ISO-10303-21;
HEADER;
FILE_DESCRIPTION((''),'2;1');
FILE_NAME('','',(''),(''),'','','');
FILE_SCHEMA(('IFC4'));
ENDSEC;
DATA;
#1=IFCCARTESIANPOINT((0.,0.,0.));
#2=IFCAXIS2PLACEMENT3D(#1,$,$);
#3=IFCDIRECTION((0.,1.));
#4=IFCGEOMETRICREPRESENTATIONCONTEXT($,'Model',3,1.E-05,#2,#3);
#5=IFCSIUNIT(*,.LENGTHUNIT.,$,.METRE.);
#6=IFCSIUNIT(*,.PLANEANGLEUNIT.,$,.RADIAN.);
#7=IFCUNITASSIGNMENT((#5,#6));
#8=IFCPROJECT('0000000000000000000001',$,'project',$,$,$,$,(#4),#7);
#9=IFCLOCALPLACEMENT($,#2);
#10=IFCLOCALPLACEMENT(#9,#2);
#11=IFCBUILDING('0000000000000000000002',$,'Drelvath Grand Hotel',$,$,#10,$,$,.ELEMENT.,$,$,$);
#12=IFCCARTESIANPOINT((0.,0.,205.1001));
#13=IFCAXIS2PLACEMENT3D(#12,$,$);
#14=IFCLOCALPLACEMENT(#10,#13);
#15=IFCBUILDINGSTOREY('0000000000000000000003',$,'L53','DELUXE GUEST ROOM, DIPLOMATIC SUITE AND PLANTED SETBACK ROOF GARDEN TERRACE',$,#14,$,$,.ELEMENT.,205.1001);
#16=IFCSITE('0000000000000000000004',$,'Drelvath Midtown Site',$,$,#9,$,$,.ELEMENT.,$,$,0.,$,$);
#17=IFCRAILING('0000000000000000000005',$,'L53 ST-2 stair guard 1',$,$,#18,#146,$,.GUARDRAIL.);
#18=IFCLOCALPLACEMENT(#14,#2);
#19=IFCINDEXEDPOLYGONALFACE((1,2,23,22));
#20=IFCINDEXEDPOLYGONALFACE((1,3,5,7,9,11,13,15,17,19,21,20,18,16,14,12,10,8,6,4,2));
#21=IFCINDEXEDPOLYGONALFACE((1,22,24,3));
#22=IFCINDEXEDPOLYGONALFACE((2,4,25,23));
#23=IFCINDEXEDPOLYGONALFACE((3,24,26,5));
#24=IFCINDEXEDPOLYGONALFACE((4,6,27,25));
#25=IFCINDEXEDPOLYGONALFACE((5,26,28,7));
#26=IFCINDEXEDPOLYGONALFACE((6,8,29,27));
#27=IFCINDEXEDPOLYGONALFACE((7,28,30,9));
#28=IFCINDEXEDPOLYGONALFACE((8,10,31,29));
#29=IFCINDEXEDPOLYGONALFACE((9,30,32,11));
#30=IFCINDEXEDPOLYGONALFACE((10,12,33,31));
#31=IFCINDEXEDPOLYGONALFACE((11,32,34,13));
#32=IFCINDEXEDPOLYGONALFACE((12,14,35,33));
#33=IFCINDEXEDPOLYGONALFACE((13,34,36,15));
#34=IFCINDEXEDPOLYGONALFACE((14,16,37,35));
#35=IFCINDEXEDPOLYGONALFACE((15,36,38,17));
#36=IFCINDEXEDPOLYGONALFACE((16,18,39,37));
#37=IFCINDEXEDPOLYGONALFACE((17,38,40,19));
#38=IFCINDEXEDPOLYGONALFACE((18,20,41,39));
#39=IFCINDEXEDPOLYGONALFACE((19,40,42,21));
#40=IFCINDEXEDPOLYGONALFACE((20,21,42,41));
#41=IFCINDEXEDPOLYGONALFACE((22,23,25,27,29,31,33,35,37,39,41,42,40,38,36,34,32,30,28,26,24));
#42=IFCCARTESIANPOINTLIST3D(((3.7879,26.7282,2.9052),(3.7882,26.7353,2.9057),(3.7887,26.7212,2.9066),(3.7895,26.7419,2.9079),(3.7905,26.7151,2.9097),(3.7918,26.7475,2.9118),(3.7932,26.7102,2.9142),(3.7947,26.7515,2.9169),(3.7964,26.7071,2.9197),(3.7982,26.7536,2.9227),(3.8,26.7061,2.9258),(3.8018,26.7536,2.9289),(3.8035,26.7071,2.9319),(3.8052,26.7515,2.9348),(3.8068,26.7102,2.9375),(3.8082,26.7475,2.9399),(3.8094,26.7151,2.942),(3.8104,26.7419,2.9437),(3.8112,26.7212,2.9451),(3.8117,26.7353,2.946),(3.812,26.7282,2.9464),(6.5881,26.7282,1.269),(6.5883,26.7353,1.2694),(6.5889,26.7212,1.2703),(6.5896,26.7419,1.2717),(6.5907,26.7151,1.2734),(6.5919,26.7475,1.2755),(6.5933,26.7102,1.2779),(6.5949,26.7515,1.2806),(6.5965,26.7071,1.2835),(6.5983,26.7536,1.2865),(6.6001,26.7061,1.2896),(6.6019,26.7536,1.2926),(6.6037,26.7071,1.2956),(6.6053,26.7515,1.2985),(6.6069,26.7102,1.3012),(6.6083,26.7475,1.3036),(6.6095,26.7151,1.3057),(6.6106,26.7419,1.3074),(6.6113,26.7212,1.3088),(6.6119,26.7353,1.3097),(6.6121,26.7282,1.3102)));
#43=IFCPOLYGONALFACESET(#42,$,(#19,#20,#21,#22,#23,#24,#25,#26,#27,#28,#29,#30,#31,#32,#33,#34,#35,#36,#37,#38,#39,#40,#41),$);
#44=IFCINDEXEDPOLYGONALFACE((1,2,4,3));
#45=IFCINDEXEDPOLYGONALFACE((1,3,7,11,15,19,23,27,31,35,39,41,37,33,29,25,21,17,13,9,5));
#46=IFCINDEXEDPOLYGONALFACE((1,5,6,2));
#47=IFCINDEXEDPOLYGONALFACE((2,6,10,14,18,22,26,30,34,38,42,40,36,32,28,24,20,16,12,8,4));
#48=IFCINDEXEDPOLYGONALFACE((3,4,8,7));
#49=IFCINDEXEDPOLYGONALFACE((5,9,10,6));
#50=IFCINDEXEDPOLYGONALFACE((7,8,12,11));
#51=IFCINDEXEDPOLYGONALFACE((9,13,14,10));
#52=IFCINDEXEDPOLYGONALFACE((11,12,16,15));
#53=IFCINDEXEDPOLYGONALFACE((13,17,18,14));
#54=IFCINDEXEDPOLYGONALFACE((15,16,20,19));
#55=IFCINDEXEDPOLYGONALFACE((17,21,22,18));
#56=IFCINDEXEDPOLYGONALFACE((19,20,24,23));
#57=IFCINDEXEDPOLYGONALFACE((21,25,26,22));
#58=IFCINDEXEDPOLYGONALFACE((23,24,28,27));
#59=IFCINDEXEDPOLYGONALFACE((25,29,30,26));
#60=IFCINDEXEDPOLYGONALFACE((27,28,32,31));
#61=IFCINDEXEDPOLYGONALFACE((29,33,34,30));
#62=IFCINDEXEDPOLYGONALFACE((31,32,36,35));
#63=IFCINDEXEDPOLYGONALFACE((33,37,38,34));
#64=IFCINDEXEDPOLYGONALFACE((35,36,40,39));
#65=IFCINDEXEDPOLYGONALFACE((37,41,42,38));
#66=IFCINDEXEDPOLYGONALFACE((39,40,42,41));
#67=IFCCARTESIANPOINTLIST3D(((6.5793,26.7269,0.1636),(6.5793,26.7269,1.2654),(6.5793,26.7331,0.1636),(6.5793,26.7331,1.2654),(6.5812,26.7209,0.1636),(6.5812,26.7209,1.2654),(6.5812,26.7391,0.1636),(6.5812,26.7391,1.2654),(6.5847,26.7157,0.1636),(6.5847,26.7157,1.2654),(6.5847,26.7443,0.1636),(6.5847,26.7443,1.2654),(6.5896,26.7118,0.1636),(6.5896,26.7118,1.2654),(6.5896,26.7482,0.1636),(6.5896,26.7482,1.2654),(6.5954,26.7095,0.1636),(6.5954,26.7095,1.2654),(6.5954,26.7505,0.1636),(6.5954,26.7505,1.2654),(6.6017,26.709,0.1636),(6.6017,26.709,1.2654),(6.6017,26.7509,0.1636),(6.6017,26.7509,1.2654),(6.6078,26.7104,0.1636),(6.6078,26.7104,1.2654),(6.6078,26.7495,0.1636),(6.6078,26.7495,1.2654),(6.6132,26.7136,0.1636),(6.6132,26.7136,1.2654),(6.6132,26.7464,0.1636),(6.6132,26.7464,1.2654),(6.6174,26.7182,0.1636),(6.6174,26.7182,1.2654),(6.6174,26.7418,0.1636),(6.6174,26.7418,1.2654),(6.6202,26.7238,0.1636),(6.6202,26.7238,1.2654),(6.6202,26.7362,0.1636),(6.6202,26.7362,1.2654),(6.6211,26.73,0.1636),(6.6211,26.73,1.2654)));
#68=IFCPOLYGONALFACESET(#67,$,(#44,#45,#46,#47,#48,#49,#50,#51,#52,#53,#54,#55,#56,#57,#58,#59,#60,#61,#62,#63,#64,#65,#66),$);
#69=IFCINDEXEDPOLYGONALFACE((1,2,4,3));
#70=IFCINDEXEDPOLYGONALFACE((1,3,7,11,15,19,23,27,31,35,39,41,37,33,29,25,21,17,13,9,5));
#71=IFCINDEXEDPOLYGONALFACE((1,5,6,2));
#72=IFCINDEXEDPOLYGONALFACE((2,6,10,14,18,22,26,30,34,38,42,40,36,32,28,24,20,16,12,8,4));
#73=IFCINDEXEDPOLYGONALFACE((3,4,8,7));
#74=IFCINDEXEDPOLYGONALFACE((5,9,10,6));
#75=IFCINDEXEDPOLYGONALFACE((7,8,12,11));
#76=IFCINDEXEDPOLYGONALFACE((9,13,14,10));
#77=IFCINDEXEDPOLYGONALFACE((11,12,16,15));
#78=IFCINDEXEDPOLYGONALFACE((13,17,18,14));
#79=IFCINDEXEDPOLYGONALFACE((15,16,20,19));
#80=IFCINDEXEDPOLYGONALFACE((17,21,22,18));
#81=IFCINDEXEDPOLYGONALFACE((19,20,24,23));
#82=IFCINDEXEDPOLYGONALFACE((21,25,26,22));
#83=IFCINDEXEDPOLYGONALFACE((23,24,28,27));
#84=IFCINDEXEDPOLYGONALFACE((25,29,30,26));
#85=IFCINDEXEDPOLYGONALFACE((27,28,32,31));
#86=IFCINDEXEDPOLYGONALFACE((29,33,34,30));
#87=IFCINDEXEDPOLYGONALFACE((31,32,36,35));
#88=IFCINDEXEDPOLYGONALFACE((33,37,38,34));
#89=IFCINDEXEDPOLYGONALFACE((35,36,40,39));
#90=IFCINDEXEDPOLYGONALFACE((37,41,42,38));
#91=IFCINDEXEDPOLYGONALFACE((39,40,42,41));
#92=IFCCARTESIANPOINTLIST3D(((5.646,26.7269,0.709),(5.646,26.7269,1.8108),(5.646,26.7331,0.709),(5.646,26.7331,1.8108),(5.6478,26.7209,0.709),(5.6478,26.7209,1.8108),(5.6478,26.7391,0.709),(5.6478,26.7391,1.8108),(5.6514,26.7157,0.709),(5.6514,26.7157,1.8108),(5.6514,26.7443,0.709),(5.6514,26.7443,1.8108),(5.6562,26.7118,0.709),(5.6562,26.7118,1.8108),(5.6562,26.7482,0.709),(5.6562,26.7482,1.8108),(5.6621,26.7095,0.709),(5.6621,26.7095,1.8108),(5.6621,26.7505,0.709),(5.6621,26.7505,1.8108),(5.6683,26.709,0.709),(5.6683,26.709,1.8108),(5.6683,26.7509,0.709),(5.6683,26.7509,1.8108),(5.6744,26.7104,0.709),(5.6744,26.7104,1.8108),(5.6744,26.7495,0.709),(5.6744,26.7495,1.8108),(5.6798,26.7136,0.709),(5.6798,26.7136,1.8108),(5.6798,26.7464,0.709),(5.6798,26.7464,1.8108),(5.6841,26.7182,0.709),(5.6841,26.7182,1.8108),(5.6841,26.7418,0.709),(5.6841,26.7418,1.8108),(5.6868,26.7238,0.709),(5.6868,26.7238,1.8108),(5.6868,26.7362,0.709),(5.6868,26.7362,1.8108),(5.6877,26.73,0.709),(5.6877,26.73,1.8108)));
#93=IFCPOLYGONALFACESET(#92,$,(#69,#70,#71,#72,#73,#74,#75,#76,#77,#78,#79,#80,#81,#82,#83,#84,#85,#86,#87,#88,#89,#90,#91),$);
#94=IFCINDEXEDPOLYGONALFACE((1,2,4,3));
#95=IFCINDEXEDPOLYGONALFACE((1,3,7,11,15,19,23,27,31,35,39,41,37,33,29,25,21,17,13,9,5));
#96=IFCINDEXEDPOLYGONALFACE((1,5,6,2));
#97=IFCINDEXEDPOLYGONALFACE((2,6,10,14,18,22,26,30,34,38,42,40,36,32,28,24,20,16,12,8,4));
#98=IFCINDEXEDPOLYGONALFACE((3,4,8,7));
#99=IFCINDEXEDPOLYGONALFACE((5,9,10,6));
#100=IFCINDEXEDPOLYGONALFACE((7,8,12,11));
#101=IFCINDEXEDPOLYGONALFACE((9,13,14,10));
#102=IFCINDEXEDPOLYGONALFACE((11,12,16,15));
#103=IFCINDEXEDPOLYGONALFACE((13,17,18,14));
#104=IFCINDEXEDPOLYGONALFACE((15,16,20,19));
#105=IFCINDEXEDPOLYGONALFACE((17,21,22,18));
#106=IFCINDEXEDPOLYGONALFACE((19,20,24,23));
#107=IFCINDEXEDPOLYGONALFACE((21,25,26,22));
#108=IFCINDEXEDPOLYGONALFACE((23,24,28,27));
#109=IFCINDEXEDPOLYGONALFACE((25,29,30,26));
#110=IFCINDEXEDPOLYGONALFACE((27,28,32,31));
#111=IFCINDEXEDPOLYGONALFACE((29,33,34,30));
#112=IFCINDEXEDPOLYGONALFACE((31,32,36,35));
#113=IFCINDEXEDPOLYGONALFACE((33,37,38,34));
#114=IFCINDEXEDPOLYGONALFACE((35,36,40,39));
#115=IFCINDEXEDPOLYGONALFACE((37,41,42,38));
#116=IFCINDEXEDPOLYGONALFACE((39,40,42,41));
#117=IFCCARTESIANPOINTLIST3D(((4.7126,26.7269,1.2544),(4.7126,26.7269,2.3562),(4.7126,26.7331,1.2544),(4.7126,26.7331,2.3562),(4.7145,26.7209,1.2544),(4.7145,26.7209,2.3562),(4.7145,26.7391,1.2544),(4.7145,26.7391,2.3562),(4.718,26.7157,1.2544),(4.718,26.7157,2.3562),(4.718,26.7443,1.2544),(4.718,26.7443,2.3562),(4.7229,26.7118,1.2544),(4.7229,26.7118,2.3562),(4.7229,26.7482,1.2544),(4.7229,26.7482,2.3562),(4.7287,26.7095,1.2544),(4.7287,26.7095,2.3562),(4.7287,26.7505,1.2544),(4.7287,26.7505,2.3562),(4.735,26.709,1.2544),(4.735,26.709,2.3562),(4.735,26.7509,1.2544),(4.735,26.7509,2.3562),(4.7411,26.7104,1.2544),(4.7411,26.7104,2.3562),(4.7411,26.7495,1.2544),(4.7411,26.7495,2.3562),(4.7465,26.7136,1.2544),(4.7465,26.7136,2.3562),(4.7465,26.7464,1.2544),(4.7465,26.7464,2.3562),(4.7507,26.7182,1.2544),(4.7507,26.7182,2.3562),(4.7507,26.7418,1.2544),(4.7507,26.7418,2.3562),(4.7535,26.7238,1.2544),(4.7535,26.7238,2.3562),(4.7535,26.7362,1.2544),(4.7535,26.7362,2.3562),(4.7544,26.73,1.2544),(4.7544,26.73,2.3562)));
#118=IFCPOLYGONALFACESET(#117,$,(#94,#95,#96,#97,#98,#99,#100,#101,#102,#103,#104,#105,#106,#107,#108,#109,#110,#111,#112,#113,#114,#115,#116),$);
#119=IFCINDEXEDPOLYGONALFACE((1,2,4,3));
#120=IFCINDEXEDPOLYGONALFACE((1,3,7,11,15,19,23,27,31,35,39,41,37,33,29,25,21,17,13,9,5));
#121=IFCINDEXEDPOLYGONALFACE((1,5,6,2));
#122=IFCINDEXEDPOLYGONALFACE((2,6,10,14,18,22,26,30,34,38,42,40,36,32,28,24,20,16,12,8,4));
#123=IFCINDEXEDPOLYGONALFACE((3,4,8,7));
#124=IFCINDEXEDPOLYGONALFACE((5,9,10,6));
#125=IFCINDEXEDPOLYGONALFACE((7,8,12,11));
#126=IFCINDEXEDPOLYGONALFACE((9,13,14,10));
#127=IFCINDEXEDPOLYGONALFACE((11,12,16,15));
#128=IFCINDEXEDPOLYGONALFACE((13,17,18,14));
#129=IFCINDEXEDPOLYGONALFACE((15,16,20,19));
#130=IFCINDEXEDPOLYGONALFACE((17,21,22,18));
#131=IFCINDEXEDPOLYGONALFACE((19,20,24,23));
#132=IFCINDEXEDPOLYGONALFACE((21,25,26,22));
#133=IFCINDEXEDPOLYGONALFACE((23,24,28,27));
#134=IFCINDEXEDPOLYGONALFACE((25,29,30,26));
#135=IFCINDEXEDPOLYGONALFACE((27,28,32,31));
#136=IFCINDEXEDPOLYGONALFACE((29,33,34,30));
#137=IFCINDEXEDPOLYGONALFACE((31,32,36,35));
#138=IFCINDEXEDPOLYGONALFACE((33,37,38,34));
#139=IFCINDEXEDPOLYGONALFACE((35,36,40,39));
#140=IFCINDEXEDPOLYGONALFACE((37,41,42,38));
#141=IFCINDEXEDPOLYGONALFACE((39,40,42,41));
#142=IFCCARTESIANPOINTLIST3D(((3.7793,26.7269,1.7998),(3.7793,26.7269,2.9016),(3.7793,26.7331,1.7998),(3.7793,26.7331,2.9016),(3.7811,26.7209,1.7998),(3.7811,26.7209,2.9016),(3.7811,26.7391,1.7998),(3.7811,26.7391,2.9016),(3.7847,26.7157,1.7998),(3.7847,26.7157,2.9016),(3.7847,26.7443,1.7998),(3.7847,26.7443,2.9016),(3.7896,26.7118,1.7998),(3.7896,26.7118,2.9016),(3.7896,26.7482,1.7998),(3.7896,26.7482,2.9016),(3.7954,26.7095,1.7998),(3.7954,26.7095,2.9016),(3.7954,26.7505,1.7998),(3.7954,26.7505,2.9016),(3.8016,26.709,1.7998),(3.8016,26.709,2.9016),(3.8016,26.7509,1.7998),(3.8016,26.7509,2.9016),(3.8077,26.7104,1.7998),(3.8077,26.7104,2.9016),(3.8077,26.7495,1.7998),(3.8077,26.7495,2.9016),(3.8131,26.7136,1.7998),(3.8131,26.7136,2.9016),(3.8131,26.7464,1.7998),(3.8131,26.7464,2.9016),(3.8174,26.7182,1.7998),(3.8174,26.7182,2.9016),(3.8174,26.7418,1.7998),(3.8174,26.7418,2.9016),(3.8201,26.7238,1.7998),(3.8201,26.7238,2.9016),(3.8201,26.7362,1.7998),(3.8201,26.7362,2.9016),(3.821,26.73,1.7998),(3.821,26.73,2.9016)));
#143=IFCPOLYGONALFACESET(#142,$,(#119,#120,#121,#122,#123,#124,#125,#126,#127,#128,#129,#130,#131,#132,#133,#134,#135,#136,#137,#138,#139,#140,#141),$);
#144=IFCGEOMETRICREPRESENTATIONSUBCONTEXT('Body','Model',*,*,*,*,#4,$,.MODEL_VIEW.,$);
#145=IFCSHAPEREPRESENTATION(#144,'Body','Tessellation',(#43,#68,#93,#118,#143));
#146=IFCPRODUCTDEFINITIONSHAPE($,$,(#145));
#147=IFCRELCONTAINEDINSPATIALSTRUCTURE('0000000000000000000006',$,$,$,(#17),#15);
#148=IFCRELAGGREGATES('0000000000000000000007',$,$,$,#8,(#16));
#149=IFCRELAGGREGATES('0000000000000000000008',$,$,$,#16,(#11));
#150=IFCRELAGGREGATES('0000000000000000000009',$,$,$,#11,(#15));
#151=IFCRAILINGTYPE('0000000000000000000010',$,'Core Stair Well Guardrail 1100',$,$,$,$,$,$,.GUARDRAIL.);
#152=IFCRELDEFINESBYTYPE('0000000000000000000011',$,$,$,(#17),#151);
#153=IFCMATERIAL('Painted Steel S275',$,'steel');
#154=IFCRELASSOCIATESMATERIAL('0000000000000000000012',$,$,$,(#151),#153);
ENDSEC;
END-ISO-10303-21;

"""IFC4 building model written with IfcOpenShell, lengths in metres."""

from ifc_helpers import new_model, si_unit, direction, frame, origin, origin_2d, place, context, subcontext, project, spatial, circle, extrude, material, type_object, element, save


model = new_model("IFC4")

# Units and contexts
model_context = context("Model", 3, precision=1e-05, world=origin(), true_north=direction((0.0, 1.0)))
body_context = subcontext(model_context, "Body", "Model", "MODEL_VIEW")
ifc_project = project(units=[si_unit("LENGTHUNIT", "METRE"), si_unit("PLANEANGLEUNIT", "RADIAN")], contexts=[model_context])

# Site, building, storey
site_placement = place(None, origin())
site = spatial("IfcSite", under=ifc_project, at=site_placement, Name="Drelvath Midtown Site", CompositionType="ELEMENT", RefElevation=0.0)
building_placement = place(site_placement, origin())
building = spatial("IfcBuilding", under=site, at=building_placement, Name="Drelvath Grand Hotel", CompositionType="ELEMENT")
storey_placement = place(building_placement, frame((0.0, 0.0, 205.1001)))
storey = spatial("IfcBuildingStorey", under=building, at=storey_placement, Name="L53", Description="DELUXE GUEST ROOM, DIPLOMATIC SUITE AND PLANTED SETBACK ROOF GARDEN TERRACE", CompositionType="ELEMENT", Elevation=205.1001)

# Railing
ifc_material_1 = material(Name="Painted Steel S275", Category="steel")
railing_type_1 = type_object("IfcRailingType", Name="Core Stair Well Guardrail 1100", PredefinedType="GUARDRAIL", material=ifc_material_1)
railing_1_placement = place(storey_placement, frame((6.6001, 26.73, 0.1636)))
element("IfcRailing", 1, at=railing_1_placement, inside=storey, type_object=railing_type_1, Name="L53 ST-2 stair guard 1", PredefinedType="GUARDRAIL", context=body_context, shape_type="SweptSolid", body=[
    extrude(circle(Radius=0.0239, at=origin_2d()), frame((0.0, 0.0, 1.126), z_axis=(-0.863394, 0.0, 0.504531), x_axis=(0.0, -1.0, 0.0)), (0.0, 0.0, 1.0), 3.2432),
    extrude(circle(Radius=0.021, at=origin_2d()), origin(), (0.0, 0.0, 1.0), 1.1018),
    extrude(circle(Radius=0.021, at=origin_2d()), frame((-0.9333, 0.0, 0.5454)), (0.0, 0.0, 1.0), 1.1018),
    extrude(circle(Radius=0.021, at=origin_2d()), frame((-1.8667, 0.0, 1.0908)), (0.0, 0.0, 1.0), 1.1018),
    extrude(circle(Radius=0.021, at=origin_2d()), frame((-2.8, 0.0, 1.6362)), (0.0, 0.0, 1.0), 1.1018),
])

save(model, "model.ifc")
